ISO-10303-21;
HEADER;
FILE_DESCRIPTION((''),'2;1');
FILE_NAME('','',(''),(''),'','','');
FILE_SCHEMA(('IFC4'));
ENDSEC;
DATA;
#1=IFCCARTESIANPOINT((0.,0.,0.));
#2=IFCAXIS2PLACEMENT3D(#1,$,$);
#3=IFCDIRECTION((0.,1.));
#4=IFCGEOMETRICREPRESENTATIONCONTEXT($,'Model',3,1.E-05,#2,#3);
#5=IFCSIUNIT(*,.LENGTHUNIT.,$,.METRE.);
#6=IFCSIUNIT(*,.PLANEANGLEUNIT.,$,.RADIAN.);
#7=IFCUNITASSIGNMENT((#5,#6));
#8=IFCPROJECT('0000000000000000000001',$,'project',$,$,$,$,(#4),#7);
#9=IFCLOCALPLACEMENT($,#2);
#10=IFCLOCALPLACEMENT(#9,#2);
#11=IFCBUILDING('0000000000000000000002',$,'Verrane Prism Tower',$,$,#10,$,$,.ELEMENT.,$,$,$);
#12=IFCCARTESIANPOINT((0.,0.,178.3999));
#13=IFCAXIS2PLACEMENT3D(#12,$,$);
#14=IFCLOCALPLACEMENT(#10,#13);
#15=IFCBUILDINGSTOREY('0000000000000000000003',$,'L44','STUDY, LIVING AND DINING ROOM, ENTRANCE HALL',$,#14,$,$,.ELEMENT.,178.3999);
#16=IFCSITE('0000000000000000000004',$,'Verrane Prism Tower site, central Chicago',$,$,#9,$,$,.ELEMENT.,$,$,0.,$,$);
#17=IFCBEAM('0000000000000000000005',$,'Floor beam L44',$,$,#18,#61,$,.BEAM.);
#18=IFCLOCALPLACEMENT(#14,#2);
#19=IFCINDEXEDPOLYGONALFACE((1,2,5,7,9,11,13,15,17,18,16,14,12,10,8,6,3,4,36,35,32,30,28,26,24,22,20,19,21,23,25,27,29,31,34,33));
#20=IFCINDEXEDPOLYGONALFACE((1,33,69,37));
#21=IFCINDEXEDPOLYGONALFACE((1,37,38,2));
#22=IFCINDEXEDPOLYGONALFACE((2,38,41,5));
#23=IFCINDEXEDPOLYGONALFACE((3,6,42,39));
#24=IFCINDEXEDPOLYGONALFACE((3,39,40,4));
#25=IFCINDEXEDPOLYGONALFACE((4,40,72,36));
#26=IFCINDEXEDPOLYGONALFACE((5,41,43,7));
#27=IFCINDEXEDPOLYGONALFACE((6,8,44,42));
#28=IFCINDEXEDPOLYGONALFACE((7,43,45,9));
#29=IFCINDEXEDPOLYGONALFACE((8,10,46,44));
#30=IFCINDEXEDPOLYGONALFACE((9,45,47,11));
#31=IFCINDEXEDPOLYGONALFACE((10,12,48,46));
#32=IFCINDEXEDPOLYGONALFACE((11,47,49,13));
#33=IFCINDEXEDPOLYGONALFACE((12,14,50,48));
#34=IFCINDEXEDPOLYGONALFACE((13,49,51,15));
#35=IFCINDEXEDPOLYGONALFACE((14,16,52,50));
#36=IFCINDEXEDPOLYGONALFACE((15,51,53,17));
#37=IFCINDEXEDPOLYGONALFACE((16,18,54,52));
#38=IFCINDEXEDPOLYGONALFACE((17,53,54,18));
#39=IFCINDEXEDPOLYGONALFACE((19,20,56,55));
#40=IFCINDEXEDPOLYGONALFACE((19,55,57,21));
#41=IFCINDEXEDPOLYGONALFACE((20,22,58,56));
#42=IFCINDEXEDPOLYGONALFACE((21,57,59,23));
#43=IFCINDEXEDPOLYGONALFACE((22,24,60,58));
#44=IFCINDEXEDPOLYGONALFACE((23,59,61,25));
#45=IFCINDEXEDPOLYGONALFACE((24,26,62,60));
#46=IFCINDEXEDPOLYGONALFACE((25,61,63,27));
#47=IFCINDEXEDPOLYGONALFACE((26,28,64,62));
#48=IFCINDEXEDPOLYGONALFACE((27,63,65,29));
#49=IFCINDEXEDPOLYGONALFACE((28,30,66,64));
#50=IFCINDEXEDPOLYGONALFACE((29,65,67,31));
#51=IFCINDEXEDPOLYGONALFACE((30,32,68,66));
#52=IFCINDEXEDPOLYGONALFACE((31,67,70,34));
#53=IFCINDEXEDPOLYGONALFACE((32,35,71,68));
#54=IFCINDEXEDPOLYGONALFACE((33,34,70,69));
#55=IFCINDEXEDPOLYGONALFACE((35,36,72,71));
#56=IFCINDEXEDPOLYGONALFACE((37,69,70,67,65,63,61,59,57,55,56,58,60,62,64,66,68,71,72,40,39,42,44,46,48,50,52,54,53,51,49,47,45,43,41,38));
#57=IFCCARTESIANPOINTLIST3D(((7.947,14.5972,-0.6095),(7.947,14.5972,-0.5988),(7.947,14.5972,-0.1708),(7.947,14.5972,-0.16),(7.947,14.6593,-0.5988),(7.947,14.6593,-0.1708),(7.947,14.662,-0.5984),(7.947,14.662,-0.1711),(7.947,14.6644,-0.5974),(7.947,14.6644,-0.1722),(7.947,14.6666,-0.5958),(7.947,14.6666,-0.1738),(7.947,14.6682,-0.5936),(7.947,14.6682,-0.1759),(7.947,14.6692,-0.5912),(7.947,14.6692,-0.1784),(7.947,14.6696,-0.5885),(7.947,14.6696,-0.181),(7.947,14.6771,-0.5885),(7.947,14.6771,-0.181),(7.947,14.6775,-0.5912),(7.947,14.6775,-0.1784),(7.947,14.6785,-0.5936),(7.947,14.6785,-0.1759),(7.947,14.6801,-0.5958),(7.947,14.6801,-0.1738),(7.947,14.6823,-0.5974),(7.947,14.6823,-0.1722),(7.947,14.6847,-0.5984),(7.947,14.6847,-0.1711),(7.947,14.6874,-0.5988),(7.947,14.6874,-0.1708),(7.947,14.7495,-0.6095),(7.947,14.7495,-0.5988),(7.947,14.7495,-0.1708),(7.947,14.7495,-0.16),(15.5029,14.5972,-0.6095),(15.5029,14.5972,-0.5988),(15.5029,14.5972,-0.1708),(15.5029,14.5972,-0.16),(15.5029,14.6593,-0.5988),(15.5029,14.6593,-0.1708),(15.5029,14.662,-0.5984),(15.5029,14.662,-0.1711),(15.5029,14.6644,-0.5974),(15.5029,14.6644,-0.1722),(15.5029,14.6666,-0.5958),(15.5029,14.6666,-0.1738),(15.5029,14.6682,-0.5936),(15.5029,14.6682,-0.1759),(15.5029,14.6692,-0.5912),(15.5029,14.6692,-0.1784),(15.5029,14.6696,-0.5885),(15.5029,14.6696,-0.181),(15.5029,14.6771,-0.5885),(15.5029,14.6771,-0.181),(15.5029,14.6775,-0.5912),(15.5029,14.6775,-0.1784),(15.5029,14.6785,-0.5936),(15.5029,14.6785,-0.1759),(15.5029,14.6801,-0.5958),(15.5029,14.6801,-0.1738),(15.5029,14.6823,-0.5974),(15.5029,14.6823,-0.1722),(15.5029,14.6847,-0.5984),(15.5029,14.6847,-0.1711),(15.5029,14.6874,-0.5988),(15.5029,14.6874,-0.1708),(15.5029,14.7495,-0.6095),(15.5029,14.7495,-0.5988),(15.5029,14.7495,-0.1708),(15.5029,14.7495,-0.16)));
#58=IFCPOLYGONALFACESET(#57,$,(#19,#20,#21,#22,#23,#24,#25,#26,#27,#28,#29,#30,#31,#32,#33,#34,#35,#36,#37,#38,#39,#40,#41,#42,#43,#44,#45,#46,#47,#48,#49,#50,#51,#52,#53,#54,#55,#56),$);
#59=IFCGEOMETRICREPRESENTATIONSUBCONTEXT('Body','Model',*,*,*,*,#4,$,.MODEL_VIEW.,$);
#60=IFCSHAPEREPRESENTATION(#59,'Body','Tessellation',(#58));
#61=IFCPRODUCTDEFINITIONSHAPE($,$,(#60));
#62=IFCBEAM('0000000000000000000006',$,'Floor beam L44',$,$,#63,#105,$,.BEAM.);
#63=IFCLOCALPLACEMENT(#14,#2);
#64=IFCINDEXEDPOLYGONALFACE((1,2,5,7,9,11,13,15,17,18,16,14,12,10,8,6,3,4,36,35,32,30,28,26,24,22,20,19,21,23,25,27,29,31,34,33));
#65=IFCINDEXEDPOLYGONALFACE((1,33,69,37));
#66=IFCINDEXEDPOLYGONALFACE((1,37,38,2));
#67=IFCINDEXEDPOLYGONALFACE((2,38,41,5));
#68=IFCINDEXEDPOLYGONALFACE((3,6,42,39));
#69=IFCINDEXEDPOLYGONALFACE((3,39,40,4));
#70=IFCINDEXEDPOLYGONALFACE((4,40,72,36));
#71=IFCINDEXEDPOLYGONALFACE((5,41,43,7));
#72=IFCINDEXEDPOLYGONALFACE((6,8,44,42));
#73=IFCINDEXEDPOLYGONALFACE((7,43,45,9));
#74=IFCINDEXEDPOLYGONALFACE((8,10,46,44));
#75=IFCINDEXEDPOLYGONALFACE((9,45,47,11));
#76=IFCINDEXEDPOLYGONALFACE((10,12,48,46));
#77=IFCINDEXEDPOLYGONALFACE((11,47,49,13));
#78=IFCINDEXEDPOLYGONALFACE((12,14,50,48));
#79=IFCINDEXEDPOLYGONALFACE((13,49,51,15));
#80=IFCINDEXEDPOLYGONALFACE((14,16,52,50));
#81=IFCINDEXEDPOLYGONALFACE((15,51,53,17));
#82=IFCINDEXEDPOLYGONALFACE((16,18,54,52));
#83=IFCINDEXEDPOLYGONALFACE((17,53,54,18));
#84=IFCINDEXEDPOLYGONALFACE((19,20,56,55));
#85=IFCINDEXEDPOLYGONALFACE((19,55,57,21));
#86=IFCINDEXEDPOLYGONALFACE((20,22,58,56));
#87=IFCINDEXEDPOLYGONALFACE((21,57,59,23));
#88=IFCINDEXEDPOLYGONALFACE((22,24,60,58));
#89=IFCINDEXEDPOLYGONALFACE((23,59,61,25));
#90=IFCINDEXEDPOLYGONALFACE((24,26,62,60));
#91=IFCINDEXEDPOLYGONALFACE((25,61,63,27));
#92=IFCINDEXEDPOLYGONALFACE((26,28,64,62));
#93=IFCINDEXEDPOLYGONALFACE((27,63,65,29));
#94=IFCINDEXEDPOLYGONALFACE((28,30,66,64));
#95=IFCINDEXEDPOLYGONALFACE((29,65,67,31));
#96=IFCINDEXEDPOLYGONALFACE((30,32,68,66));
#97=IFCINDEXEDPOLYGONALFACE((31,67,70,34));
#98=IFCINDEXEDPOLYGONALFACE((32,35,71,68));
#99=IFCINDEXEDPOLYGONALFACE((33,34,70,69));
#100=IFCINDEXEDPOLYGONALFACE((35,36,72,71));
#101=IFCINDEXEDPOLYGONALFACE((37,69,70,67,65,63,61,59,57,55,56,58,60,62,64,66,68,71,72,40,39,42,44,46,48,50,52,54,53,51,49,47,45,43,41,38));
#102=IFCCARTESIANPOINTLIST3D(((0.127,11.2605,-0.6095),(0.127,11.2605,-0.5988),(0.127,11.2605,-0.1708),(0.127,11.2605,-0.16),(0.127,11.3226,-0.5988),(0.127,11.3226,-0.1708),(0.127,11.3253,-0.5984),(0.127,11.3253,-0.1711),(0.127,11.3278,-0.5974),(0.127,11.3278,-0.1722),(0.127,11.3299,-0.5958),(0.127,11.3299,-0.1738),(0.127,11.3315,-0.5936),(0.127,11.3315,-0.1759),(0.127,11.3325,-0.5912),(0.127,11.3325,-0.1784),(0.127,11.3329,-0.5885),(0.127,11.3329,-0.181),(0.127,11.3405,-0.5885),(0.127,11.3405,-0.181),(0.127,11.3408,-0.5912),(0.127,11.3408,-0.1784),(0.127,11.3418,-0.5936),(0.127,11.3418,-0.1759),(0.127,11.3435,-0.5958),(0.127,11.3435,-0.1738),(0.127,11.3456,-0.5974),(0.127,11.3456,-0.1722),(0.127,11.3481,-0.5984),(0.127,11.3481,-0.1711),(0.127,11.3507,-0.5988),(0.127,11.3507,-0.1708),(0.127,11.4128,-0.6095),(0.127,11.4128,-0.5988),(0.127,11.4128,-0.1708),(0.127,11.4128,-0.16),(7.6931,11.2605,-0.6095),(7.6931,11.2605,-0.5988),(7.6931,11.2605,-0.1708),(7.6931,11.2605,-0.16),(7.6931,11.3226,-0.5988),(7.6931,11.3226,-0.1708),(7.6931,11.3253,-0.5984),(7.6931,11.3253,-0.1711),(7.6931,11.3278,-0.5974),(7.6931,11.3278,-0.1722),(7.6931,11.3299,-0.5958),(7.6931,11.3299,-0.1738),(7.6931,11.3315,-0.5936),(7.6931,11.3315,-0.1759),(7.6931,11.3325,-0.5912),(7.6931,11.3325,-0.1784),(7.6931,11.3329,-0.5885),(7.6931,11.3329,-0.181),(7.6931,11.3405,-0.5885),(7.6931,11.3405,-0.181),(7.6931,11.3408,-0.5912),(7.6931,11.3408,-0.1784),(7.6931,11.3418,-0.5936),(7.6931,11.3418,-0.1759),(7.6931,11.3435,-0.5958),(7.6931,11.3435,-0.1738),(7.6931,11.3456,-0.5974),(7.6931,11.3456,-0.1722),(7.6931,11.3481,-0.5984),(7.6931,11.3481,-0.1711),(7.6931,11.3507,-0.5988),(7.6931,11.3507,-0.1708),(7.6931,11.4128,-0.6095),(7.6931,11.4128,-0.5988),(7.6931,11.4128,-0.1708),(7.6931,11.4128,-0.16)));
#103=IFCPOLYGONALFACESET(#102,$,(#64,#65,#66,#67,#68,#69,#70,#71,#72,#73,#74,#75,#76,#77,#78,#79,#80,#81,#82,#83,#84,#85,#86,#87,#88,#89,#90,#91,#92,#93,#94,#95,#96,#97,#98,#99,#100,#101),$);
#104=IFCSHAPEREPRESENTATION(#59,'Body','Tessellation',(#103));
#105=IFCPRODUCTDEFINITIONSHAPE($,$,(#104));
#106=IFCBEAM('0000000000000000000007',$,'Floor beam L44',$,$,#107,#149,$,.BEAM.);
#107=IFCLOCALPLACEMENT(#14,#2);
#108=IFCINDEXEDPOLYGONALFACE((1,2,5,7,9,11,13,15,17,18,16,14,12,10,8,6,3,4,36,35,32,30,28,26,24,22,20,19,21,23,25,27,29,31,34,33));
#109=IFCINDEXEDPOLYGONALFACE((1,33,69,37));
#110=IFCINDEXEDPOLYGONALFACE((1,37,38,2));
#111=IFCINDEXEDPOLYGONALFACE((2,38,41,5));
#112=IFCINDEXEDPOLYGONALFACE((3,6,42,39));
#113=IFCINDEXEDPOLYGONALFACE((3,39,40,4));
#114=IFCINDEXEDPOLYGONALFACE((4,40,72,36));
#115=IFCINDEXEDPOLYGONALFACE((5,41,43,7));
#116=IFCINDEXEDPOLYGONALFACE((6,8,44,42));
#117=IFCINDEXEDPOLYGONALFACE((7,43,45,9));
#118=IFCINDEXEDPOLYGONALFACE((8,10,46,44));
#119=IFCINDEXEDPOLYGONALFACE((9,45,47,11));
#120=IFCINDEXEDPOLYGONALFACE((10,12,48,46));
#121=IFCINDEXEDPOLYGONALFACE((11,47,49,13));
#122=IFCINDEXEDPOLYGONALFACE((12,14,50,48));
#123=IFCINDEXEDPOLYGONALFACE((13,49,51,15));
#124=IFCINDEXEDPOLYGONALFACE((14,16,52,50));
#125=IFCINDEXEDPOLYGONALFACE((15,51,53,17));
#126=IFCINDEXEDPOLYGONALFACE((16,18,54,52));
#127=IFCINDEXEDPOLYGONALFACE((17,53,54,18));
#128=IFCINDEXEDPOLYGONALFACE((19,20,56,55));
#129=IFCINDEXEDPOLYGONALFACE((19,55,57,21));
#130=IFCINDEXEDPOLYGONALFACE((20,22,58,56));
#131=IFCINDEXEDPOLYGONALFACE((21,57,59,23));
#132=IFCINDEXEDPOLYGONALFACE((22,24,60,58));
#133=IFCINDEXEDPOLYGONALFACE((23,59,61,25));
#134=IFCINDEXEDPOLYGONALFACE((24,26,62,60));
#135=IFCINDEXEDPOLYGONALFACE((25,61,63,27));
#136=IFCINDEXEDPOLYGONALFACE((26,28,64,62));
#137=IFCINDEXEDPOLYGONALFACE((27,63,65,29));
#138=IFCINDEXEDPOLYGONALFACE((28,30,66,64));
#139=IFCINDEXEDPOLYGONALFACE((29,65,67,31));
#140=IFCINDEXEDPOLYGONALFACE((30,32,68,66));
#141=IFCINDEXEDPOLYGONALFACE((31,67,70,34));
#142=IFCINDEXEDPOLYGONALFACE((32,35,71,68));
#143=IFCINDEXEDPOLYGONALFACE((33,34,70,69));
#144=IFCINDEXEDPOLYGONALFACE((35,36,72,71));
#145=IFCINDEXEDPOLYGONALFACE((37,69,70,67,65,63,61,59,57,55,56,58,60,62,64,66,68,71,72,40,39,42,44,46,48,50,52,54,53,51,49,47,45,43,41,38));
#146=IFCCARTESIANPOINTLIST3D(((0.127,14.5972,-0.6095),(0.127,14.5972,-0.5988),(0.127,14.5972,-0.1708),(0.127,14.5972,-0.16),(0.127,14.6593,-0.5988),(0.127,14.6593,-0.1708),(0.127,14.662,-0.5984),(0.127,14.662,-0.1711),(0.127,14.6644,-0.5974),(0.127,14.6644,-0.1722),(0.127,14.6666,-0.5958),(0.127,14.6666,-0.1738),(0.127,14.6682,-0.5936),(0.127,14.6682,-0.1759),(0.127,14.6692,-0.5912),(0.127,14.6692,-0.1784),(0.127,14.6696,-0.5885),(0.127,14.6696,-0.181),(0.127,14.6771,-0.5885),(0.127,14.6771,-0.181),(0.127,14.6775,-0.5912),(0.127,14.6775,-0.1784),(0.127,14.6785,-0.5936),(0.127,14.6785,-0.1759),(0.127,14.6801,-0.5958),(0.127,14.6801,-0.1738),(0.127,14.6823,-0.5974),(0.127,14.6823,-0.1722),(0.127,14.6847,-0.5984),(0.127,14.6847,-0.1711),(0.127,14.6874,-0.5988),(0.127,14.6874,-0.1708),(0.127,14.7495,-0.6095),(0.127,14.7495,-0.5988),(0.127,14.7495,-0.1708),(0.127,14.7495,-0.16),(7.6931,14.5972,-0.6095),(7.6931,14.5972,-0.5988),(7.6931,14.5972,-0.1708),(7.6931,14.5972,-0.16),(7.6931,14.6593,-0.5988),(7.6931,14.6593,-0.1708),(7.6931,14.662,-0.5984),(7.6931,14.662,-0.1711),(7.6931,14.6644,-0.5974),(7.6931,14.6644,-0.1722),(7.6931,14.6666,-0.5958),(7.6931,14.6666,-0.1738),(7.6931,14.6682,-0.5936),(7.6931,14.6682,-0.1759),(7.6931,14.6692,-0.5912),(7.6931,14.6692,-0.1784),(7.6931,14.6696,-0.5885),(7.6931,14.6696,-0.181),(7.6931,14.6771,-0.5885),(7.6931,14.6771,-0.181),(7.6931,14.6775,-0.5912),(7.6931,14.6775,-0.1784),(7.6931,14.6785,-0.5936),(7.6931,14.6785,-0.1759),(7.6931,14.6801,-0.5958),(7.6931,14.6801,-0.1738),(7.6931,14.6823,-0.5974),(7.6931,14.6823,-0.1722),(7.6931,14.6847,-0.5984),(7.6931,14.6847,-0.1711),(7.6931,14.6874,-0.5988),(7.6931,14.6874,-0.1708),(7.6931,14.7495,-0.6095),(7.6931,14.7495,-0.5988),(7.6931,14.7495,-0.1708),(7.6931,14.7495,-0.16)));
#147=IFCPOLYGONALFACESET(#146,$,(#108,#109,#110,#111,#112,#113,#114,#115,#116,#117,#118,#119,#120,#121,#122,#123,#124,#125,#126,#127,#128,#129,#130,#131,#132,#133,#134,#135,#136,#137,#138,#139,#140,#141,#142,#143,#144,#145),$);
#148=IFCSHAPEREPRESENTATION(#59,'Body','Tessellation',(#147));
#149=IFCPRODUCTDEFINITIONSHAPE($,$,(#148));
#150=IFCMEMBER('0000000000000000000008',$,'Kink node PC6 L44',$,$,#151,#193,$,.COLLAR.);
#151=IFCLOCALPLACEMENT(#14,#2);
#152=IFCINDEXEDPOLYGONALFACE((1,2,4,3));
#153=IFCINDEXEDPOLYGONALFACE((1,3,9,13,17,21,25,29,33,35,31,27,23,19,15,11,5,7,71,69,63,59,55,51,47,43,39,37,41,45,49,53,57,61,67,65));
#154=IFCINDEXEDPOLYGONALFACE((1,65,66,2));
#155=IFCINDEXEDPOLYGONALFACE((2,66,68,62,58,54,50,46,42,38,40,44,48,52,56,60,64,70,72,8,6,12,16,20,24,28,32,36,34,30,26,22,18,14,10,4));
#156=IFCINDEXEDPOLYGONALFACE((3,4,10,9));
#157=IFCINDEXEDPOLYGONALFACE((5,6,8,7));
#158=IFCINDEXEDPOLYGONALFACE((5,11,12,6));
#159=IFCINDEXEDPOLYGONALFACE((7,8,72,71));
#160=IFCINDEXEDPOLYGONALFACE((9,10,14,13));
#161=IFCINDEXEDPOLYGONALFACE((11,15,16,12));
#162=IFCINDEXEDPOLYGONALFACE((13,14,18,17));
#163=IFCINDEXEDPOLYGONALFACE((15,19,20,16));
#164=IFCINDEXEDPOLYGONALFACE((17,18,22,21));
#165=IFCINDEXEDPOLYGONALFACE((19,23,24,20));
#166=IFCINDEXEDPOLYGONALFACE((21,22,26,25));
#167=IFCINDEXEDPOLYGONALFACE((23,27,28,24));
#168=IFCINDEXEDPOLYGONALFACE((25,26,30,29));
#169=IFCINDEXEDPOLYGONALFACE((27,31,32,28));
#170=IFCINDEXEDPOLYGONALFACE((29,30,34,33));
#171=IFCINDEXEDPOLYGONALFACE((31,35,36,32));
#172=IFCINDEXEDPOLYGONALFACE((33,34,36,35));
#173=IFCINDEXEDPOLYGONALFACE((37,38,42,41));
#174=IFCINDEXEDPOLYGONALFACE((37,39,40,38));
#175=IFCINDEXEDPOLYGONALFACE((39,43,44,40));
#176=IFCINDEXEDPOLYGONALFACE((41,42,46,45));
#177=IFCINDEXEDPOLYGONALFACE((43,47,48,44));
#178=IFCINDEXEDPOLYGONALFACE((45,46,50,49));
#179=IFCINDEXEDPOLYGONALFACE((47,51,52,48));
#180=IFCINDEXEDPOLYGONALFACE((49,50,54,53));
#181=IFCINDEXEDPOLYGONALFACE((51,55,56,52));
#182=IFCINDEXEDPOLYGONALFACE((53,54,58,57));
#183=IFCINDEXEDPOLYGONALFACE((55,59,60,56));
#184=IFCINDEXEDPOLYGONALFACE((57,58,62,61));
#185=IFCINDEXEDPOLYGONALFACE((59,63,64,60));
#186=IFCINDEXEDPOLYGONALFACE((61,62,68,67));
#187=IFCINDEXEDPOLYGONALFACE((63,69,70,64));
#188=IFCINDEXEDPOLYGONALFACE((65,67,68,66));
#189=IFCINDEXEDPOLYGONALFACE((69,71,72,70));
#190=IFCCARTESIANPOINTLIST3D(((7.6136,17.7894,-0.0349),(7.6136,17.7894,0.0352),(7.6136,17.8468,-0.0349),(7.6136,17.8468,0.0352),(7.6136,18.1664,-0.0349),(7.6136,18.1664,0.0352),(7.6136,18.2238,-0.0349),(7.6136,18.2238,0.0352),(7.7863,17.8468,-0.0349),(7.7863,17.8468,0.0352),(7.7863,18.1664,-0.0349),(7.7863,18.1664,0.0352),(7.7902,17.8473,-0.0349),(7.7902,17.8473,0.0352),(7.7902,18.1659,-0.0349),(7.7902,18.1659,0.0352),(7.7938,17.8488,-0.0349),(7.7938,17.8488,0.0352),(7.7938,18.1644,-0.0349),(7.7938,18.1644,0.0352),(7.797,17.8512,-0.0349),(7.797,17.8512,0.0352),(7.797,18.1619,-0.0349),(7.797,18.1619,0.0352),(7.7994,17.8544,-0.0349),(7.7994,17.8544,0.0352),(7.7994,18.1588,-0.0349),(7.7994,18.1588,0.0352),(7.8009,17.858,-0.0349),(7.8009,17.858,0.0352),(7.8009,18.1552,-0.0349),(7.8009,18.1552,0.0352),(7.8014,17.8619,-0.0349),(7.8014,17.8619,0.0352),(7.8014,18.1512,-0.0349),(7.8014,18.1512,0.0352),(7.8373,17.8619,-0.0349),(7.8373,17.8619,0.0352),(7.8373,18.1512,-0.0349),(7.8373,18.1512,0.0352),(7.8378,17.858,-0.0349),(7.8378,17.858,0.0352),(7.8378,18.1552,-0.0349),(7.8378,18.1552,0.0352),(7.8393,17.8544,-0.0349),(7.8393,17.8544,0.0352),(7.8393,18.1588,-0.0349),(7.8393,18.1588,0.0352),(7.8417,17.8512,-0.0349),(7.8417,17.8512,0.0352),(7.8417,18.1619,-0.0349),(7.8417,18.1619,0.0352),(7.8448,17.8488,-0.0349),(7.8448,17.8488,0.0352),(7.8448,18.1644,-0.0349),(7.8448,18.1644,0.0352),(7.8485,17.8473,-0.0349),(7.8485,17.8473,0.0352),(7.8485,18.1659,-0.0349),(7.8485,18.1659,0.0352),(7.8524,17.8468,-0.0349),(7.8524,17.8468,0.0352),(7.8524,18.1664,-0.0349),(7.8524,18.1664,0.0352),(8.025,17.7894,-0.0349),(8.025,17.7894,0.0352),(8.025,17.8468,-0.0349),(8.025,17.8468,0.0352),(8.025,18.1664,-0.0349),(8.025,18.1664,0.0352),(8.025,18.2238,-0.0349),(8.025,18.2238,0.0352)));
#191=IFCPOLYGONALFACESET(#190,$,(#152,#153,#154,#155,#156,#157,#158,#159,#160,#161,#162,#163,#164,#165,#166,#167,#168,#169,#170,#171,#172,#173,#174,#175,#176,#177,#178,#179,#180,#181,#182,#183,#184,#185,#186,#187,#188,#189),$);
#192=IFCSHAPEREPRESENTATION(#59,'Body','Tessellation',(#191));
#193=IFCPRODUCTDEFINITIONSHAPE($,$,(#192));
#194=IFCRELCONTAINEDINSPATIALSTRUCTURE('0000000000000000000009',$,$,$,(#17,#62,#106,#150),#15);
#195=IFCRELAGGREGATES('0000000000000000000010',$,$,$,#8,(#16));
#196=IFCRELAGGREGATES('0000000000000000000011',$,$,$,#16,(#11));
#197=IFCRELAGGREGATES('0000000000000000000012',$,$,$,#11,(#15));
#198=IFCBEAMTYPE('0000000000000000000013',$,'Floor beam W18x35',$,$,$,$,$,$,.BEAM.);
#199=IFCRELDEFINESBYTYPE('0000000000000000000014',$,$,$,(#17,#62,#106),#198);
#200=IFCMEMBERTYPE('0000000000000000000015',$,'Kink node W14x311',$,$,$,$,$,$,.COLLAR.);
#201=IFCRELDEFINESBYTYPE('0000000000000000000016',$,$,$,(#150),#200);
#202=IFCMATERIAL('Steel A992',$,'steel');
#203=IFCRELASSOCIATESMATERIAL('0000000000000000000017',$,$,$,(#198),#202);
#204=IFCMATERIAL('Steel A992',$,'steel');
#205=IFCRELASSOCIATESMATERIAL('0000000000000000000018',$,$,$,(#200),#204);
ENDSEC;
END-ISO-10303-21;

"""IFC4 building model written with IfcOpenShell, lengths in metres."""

from ifc_helpers import new_model, si_unit, direction, frame, origin, origin_2d, place, context, subcontext, project, spatial, i_section, extrude, material, material_profile, profile_set, type_object, element, save


model = new_model("IFC4")

# Units and contexts
model_context = context("Model", 3, precision=1e-05, world=origin(), true_north=direction((0.0, 1.0)))
body_context = subcontext(model_context, "Body", "Model", "MODEL_VIEW")
ifc_project = project(units=[si_unit("LENGTHUNIT", "METRE"), si_unit("PLANEANGLEUNIT", "RADIAN")], contexts=[model_context])

# Site, building, storey
site_placement = place(None, origin())
site = spatial("IfcSite", under=ifc_project, at=site_placement, Name="Verrane Prism Tower site, central Chicago", CompositionType="ELEMENT", RefElevation=0.0)
building_placement = place(site_placement, origin())
building = spatial("IfcBuilding", under=site, at=building_placement, Name="Verrane Prism Tower", CompositionType="ELEMENT")
storey_placement = place(building_placement, frame((0.0, 0.0, 178.3999)))
storey = spatial("IfcBuildingStorey", under=building, at=storey_placement, Name="L44", Description="STUDY, LIVING AND DINING ROOM, ENTRANCE HALL", CompositionType="ELEMENT", Elevation=178.3999)

# Beams
ifc_material_1 = material(Name="Steel A992", Category="steel")
ifc_material_profile_1 = material_profile(ifc_material_1, i_section(OverallWidth=0.1523, OverallDepth=0.4495, WebThickness=0.0076, FlangeThickness=0.0107, FilletRadius=0.0103, at=origin_2d()), Name="W18x35")
ifc_profile_set_1 = profile_set([ifc_material_profile_1], Name="Steel A992")
beam_type_1 = type_object("IfcBeamType", Name="Floor beam W18x35", PredefinedType="BEAM", material=ifc_profile_set_1)
beam_1_placement = place(storey_placement, frame((7.947, 14.6733, -0.3848), z_axis=(1.0, 0.0, 0.0), x_axis=(0.0, 1.0, 0.0)))
element("IfcBeam", 1, at=beam_1_placement, inside=storey, type_object=beam_type_1, Name="Floor beam L44", PredefinedType="BEAM", context=body_context, shape_type="SweptSolid", body=[
    extrude(i_section(OverallWidth=0.1523, OverallDepth=0.4495, WebThickness=0.0076, FlangeThickness=0.0107, FilletRadius=0.0103, at=origin_2d()), origin(), (0.0, 0.0, 1.0), 7.5559),
])
for number, where, z_axis, x_axis, name in (
    (2, (0.127, 11.3367, -0.3848), (1.0, 0.0, 0.0), (0.0, 1.0, 0.0), "Floor beam L44"),
    (3, (0.127, 14.6733, -0.3848), (1.0, 0.0, 0.0), (0.0, 1.0, 0.0), "Floor beam L44"),
):
    element("IfcBeam", number, at=place(storey_placement, frame(where, z_axis=z_axis, x_axis=x_axis)), inside=storey, type_object=beam_type_1, Name=name, PredefinedType="BEAM", context=body_context, shape_type="SweptSolid", body=[
        extrude(i_section(OverallWidth=0.1523, OverallDepth=0.4495, WebThickness=0.0076, FlangeThickness=0.0107, FilletRadius=0.0103, at=origin_2d()), origin(), (0.0, 0.0, 1.0), 7.5662),
    ])

# Member
ifc_material_2 = material(Name="Steel A992", Category="steel")
ifc_material_profile_2 = material_profile(ifc_material_2, i_section(OverallWidth=0.4114, OverallDepth=0.4343, WebThickness=0.0359, FlangeThickness=0.0574, FilletRadius=0.0151, at=origin_2d()), Name="W14x311")
ifc_profile_set_2 = profile_set([ifc_material_profile_2], Name="Steel A992")
member_type_1 = type_object("IfcMemberType", Name="Kink node W14x311", PredefinedType="COLLAR", material=ifc_profile_set_2)
member_1_placement = place(storey_placement, frame((7.8193, 18.0066, -0.0349), z_axis=(0.0, 0.0, 1.0), x_axis=(1.0, 0.0, 0.0)))
element("IfcMember", 4, at=member_1_placement, inside=storey, type_object=member_type_1, Name="Kink node PC6 L44", PredefinedType="COLLAR", context=body_context, shape_type="SweptSolid", body=[
    extrude(i_section(OverallWidth=0.4114, OverallDepth=0.4343, WebThickness=0.0359, FlangeThickness=0.0574, FilletRadius=0.0151, at=origin_2d()), origin(), (0.0, 0.0, 1.0), 0.0701),
])

save(model, "model.ifc")
